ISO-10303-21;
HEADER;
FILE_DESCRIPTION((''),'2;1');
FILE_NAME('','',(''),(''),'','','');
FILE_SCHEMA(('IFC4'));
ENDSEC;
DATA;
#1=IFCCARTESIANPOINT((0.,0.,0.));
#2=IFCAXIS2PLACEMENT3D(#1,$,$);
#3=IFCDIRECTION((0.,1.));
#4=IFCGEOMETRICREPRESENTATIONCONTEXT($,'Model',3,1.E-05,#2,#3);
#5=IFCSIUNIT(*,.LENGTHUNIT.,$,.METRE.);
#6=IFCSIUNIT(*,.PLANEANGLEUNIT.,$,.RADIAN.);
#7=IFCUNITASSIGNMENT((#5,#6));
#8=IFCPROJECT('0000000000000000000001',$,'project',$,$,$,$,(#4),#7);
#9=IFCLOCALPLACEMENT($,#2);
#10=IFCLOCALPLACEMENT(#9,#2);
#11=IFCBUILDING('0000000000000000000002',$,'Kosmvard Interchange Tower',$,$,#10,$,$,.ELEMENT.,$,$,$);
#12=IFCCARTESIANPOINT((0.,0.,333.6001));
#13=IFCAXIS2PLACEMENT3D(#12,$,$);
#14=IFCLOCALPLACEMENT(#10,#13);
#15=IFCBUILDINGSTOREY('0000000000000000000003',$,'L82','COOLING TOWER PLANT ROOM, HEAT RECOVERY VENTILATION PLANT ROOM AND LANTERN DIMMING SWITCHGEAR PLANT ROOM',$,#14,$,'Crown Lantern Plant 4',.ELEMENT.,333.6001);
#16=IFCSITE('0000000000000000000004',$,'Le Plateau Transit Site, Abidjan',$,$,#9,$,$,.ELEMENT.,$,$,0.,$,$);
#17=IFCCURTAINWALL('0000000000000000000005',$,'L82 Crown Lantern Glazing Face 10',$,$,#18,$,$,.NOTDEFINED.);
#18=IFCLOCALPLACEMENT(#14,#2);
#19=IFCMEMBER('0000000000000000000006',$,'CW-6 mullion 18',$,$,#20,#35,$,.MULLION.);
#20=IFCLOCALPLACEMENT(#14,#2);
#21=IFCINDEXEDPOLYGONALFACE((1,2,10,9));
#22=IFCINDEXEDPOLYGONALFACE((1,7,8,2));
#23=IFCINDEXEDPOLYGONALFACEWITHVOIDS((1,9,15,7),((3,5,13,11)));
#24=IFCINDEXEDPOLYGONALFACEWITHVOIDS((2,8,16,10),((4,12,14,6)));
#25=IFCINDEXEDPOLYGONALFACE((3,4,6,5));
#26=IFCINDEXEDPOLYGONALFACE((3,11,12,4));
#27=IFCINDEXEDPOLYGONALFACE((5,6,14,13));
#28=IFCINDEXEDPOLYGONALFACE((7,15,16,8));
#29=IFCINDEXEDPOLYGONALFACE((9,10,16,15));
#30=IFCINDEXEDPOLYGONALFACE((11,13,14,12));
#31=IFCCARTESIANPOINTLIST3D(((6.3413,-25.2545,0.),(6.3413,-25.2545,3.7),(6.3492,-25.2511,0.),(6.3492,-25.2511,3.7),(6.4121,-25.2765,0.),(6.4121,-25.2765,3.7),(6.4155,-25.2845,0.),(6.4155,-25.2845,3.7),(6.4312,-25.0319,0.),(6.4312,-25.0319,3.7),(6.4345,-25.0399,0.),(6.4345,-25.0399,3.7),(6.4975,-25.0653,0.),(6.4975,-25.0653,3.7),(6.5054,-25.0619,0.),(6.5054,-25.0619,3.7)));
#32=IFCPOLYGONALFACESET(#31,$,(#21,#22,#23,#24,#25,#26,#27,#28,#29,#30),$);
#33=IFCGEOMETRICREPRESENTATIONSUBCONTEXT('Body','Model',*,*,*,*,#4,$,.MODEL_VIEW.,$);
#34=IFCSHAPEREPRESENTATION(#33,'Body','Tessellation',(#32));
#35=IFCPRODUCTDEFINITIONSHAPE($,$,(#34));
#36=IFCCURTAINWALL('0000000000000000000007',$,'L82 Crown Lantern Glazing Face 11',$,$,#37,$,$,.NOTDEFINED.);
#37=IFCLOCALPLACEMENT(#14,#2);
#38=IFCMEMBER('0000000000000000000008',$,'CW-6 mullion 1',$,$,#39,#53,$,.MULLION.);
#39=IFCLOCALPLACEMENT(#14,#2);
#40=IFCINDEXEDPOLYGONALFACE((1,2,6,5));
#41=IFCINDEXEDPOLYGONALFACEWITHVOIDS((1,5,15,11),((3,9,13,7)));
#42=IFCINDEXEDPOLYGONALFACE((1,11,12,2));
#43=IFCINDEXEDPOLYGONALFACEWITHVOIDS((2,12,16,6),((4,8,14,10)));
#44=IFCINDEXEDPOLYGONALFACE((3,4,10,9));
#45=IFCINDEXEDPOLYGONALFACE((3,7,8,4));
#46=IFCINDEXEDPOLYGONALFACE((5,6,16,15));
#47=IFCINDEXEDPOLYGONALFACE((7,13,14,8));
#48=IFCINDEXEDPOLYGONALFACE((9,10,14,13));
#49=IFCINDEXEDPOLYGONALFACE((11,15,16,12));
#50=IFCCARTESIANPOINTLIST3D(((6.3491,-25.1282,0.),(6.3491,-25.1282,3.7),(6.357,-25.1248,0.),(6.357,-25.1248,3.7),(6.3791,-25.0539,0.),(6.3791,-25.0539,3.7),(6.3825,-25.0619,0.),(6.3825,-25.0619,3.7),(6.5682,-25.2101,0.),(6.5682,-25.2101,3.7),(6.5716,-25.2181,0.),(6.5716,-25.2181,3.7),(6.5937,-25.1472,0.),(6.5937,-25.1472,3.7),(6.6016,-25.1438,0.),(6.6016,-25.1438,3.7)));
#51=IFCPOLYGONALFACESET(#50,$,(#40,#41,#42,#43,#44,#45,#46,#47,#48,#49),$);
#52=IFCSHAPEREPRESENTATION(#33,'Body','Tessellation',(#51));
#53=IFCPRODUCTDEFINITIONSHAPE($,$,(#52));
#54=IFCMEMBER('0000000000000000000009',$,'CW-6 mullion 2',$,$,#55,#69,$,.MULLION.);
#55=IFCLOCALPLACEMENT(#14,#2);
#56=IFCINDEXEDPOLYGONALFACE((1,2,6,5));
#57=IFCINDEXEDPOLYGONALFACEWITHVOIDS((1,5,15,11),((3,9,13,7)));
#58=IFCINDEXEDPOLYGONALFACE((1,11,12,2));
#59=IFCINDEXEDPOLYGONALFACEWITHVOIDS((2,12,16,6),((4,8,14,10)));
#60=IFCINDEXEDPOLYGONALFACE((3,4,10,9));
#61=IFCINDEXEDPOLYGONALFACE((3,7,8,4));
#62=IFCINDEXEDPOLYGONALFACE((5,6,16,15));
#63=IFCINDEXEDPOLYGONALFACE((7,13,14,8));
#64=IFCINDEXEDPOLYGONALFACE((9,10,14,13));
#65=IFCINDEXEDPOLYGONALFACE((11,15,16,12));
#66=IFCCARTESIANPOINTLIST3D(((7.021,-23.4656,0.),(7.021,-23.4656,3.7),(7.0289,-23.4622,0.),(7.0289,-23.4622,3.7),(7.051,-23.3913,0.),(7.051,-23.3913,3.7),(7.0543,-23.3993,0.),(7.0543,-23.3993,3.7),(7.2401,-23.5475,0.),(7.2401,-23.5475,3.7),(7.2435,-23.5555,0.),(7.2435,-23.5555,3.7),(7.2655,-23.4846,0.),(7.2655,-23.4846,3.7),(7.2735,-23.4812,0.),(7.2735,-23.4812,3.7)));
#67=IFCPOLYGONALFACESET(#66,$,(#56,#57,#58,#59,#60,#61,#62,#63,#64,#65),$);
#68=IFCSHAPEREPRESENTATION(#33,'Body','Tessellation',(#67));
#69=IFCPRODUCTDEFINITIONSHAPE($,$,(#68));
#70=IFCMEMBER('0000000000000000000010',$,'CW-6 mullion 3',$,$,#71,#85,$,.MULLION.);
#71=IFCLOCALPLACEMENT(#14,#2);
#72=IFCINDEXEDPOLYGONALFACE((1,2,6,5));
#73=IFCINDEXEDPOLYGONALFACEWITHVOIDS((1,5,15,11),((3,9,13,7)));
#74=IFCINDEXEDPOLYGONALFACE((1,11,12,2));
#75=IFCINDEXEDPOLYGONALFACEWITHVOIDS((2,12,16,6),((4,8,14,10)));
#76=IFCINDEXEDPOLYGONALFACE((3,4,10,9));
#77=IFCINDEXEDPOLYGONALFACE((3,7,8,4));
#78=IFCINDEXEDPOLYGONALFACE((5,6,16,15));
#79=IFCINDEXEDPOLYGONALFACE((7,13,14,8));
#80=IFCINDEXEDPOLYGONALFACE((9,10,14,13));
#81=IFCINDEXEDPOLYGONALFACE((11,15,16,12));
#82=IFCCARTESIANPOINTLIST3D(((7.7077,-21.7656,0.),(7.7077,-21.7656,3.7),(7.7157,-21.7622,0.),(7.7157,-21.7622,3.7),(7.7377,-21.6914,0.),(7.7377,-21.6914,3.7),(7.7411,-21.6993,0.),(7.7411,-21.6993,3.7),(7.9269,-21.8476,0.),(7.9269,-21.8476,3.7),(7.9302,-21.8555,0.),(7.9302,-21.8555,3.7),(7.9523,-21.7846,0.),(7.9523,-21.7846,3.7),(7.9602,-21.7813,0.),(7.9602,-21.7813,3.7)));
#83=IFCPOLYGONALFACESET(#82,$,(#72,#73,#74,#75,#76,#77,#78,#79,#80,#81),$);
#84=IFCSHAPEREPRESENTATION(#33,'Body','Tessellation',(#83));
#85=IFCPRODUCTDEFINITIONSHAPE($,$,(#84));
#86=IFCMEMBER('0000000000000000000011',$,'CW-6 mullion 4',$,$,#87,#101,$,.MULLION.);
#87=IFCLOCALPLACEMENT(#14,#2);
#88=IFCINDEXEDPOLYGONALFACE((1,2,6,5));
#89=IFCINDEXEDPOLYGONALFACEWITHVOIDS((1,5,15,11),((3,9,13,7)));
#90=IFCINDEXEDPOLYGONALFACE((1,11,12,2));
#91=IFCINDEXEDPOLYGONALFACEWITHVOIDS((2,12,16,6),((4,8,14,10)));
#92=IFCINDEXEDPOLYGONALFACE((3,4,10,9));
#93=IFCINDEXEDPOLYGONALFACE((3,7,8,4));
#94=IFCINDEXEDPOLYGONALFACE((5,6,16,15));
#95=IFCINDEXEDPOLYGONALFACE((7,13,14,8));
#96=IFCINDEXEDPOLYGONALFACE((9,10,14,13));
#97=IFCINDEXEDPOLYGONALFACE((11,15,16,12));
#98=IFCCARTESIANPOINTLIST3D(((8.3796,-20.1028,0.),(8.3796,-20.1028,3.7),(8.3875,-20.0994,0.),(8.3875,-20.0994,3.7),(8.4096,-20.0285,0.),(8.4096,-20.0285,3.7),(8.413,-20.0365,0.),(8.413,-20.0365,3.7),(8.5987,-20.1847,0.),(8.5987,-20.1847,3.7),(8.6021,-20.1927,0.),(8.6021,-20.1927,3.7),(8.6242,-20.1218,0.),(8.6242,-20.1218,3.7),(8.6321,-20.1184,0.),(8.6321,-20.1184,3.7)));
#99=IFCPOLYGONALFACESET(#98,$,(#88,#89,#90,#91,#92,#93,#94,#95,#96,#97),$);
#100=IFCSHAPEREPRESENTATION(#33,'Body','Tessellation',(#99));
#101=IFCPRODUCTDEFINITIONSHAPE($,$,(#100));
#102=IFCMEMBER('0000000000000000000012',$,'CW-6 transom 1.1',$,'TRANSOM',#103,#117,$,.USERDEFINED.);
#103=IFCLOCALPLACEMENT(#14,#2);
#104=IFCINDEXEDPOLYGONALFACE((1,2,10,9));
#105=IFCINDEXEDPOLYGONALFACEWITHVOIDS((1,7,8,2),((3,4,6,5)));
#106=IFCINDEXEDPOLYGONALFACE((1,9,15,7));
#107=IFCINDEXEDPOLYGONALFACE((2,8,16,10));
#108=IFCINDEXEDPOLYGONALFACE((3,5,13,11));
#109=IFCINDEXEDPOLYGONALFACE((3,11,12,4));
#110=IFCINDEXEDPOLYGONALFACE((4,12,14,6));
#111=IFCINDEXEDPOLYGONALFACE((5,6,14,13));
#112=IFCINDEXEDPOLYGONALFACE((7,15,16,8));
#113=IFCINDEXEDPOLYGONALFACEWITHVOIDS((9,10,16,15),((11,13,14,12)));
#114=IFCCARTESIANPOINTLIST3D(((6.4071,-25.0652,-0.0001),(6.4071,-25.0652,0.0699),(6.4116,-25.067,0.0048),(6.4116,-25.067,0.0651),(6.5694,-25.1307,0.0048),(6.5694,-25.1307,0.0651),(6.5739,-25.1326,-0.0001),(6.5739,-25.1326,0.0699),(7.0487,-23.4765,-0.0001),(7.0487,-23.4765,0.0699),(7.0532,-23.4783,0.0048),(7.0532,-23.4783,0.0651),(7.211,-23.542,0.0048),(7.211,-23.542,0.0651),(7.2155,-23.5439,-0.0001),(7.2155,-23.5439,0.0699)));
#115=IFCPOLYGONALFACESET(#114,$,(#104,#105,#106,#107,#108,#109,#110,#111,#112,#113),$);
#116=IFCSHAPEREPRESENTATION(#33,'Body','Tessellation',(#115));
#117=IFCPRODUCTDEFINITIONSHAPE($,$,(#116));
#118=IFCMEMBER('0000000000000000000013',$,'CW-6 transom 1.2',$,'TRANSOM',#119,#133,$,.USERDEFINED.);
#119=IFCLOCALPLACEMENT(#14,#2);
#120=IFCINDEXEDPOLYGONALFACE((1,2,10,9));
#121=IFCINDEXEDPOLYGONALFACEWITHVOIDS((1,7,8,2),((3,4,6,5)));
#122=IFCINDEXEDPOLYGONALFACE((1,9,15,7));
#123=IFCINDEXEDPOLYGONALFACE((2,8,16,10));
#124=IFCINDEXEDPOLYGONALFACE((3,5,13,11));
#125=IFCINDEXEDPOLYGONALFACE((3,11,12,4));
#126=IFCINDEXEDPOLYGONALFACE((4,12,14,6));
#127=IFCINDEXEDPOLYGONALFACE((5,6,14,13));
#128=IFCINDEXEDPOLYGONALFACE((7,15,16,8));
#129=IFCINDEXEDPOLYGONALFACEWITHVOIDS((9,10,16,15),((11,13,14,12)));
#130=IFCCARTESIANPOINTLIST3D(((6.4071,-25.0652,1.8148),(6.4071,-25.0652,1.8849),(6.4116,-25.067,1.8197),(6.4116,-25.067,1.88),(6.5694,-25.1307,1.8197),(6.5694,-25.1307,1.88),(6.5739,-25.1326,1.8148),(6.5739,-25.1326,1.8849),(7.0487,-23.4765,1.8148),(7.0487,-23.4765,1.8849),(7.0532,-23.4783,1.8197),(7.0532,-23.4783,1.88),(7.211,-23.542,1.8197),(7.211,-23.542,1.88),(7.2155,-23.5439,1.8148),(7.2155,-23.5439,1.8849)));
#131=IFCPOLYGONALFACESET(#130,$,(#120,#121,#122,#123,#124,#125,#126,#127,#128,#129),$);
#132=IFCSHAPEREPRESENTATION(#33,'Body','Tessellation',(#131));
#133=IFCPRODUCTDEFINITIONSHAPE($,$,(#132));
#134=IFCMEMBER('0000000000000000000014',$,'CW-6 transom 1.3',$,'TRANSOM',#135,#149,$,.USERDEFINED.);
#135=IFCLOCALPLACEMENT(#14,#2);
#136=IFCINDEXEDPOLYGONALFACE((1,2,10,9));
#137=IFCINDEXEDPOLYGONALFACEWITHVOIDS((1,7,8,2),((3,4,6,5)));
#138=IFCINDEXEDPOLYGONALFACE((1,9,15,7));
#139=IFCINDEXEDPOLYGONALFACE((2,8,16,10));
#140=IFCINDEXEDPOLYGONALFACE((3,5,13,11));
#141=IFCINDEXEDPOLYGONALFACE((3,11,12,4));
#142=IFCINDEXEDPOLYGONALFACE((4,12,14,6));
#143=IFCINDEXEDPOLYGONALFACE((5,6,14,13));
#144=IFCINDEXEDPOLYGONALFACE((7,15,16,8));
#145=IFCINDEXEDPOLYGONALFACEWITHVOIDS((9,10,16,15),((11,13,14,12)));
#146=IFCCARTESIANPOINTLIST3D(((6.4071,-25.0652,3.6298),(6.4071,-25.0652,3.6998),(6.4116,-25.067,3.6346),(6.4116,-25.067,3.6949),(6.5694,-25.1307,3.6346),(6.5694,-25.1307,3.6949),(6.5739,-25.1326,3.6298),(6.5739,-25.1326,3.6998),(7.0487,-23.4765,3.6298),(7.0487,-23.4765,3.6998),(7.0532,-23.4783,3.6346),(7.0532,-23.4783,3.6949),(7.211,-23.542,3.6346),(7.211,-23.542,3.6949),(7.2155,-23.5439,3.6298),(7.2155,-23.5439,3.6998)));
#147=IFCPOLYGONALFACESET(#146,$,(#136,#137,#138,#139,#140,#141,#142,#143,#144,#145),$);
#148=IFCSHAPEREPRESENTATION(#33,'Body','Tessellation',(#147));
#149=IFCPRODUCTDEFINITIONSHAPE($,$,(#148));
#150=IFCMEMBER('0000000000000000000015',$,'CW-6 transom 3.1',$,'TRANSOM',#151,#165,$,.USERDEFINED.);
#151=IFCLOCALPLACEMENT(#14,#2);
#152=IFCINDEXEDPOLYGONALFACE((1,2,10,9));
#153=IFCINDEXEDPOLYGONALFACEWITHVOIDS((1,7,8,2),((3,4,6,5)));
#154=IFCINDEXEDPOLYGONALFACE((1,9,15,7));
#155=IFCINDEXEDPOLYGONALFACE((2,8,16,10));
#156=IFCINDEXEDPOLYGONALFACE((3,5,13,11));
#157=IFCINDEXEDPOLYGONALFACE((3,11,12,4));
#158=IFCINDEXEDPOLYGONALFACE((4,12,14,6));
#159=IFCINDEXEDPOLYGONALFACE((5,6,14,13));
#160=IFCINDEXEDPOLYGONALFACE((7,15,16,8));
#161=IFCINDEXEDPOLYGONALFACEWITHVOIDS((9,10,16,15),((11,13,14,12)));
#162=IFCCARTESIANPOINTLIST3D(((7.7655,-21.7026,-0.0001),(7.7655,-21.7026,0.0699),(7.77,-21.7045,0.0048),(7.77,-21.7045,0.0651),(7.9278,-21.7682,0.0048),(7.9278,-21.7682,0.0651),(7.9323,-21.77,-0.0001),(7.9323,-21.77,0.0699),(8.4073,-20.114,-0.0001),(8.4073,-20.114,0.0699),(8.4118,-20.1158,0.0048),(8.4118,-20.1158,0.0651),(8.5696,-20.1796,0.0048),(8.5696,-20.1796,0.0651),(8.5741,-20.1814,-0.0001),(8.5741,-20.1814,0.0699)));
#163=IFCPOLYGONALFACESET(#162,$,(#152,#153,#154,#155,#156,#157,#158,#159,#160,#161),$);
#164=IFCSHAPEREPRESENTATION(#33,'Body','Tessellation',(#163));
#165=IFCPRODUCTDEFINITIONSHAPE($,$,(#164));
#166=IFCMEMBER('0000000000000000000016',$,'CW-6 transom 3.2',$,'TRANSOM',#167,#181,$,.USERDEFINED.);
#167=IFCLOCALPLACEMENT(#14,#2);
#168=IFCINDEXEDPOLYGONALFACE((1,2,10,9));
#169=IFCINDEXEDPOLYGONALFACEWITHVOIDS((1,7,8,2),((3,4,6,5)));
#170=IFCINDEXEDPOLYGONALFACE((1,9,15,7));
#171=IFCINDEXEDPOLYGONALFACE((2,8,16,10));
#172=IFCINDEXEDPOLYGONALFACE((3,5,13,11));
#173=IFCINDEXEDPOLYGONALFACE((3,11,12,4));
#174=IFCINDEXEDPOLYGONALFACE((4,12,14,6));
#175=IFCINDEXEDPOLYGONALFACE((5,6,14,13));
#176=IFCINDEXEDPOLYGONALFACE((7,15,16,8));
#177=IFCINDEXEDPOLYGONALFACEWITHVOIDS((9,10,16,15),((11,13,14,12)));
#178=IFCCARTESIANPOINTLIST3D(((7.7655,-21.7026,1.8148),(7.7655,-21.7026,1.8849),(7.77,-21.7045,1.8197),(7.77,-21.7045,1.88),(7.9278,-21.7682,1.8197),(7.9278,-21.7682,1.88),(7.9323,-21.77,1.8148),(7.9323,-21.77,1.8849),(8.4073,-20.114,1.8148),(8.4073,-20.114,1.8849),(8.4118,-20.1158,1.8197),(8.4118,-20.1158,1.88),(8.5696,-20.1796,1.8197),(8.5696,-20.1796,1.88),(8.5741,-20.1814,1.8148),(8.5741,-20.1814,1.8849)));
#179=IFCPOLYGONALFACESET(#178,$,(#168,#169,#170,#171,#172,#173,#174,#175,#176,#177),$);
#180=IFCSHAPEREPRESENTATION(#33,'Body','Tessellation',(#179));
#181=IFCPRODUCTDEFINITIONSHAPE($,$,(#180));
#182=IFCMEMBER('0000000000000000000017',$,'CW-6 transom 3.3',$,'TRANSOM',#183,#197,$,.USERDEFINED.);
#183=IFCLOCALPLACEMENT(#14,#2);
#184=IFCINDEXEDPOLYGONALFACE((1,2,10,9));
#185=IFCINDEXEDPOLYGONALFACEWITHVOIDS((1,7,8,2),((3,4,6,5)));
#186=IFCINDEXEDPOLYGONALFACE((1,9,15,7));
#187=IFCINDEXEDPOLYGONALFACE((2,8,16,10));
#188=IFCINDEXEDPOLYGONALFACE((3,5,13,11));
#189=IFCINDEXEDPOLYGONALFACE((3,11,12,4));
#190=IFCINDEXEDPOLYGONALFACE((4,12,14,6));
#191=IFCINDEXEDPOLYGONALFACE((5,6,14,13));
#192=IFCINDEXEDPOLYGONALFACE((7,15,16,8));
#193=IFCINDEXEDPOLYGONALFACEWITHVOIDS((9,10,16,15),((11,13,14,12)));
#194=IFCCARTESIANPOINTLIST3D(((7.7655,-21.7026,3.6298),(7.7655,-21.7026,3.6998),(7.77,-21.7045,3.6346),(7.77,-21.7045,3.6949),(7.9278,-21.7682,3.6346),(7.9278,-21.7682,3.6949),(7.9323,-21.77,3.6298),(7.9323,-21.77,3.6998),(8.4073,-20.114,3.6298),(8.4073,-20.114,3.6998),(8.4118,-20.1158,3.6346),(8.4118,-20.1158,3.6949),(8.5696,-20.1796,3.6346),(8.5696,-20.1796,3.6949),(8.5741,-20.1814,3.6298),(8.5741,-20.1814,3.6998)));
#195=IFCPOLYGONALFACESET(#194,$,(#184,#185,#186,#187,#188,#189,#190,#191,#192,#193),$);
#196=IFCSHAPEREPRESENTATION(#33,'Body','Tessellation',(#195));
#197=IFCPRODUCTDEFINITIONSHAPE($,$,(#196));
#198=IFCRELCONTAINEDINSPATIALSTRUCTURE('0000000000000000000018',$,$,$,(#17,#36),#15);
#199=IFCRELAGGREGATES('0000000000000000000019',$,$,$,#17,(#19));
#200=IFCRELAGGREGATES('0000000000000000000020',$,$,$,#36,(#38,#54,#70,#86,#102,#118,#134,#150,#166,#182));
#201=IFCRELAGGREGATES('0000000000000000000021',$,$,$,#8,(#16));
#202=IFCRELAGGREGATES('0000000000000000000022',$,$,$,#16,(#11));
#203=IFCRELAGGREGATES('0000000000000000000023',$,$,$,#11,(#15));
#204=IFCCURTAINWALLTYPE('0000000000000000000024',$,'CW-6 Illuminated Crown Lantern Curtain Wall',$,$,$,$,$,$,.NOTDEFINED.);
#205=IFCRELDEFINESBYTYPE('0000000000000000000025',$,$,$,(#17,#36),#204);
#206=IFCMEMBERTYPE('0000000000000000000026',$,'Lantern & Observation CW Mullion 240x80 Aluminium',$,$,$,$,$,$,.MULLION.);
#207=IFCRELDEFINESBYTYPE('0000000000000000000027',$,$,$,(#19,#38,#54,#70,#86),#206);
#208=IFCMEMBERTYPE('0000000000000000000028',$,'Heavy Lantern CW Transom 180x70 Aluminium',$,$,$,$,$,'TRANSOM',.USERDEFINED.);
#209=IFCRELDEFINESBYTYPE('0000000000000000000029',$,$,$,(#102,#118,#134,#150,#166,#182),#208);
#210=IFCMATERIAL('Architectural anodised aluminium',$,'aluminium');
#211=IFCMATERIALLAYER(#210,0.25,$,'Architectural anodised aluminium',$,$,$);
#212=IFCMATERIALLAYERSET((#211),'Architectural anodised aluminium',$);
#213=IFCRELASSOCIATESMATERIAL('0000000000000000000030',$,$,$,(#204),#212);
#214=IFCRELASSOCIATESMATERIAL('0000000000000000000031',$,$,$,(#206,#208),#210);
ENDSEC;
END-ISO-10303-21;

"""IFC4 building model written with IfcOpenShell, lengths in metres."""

from ifc_helpers import new_model, si_unit, direction, frame, origin, origin_2d, place, context, subcontext, project, spatial, hollow_rectangle, extrude, source, transform, mapped, material, layer, layer_set, material_profile, profile_set, type_object, element, aggregate, save


model = new_model("IFC4")

# Units and contexts
model_context = context("Model", 3, precision=1e-05, world=origin(), true_north=direction((0.0, 1.0)))
body_context = subcontext(model_context, "Body", "Model", "MODEL_VIEW")
ifc_project = project(units=[si_unit("LENGTHUNIT", "METRE"), si_unit("PLANEANGLEUNIT", "RADIAN")], contexts=[model_context])

# Site, building, storey
site_placement = place(None, origin())
site = spatial("IfcSite", under=ifc_project, at=site_placement, Name="Le Plateau Transit Site, Abidjan", CompositionType="ELEMENT", RefElevation=0.0)
building_placement = place(site_placement, origin())
building = spatial("IfcBuilding", under=site, at=building_placement, Name="Kosmvard Interchange Tower", CompositionType="ELEMENT")
storey_placement = place(building_placement, frame((0.0, 0.0, 333.6001)))
storey = spatial("IfcBuildingStorey", under=building, at=storey_placement, Name="L82", Description="COOLING TOWER PLANT ROOM, HEAT RECOVERY VENTILATION PLANT ROOM AND LANTERN DIMMING SWITCHGEAR PLANT ROOM", LongName="Crown Lantern Plant 4", CompositionType="ELEMENT", Elevation=333.6001)

# Curtain wall, member
ifc_material_1 = material(Name="Architectural anodised aluminium", Category="aluminium")
ifc_layer_1 = layer(ifc_material_1, 0.25, Name="Architectural anodised aluminium")
ifc_layer_set_1 = layer_set([ifc_layer_1], Name="Architectural anodised aluminium")
curtain_wall_type = type_object("IfcCurtainWallType", Name="CW-6 Illuminated Crown Lantern Curtain Wall", PredefinedType="NOTDEFINED", material=ifc_layer_set_1)
curtain_wall_1_placement = place(storey_placement, origin())
curtain_wall_1 = element("IfcCurtainWall", 1, at=curtain_wall_1_placement, inside=storey, type_object=curtain_wall_type, Name="L82 Crown Lantern Glazing Face 10", PredefinedType="NOTDEFINED")
ifc_material_profile_1 = material_profile(ifc_material_1, hollow_rectangle(XDim=0.24, YDim=0.0801, WallThickness=0.0061, at=origin_2d()), Name="CWM 240x80x6")
ifc_profile_set_1 = profile_set([ifc_material_profile_1], Name="Architectural anodised aluminium")
member_type_1 = type_object("IfcMemberType", Name="Lantern & Observation CW Mullion 240x80 Aluminium", PredefinedType="MULLION", material=ifc_profile_set_1)
shared_shape_1 = source(origin(), body_context, "Body", "SweptSolid", [
    extrude(hollow_rectangle(XDim=0.24, YDim=0.0801, WallThickness=0.0061, at=origin_2d()), origin(), (0.0, 0.0, 1.0), 3.7),
])
member_1_placement = place(storey_placement, frame((6.4233, -25.1582, 0.0), z_axis=(0.0, 0.0, 1.0), x_axis=(0.374607, 0.927184, 0.0)))
member_1 = element("IfcMember", 2, at=member_1_placement, type_object=member_type_1, Name="CW-6 mullion 18", PredefinedType="MULLION", context=body_context, shape_type="MappedRepresentation", body=[
    mapped(shared_shape_1, transform((0.0, 0.0, 0.0), scale=1.0)),
])

# Curtain wall, members
curtain_wall_2_placement = place(storey_placement, origin())
curtain_wall_2 = element("IfcCurtainWall", 3, at=curtain_wall_2_placement, inside=storey, type_object=curtain_wall_type, Name="L82 Crown Lantern Glazing Face 11", PredefinedType="NOTDEFINED")
member_2_placement = place(storey_placement, frame((6.4753, -25.136, 0.0), z_axis=(0.0, 0.0, 1.0), x_axis=(-0.927184, 0.374607, 0.0)))
member_2 = element("IfcMember", 4, at=member_2_placement, type_object=member_type_1, Name="CW-6 mullion 1", PredefinedType="MULLION", context=body_context, shape_type="MappedRepresentation", body=[
    mapped(shared_shape_1, transform((0.0, 0.0, 0.0), scale=1.0)),
])
member_3_placement = place(storey_placement, frame((7.1472, -23.4734, 0.0), z_axis=(0.0, 0.0, 1.0), x_axis=(-0.927184, 0.374607, 0.0)))
member_3 = element("IfcMember", 5, at=member_3_placement, type_object=member_type_1, Name="CW-6 mullion 2", PredefinedType="MULLION", context=body_context, shape_type="MappedRepresentation", body=[
    mapped(shared_shape_1, transform((0.0, 0.0, 0.0), scale=1.0)),
])
member_4_placement = place(storey_placement, frame((7.834, -21.7734, 0.0), z_axis=(0.0, 0.0, 1.0), x_axis=(-0.927184, 0.374607, 0.0)))
member_4 = element("IfcMember", 6, at=member_4_placement, type_object=member_type_1, Name="CW-6 mullion 3", PredefinedType="MULLION", context=body_context, shape_type="MappedRepresentation", body=[
    mapped(shared_shape_1, transform((0.0, 0.0, 0.0), scale=1.0)),
])
member_5_placement = place(storey_placement, frame((8.5059, -20.1106, 0.0), z_axis=(0.0, 0.0, 1.0), x_axis=(-0.927184, 0.374607, 0.0)))
member_5 = element("IfcMember", 7, at=member_5_placement, type_object=member_type_1, Name="CW-6 mullion 4", PredefinedType="MULLION", context=body_context, shape_type="MappedRepresentation", body=[
    mapped(shared_shape_1, transform((0.0, 0.0, 0.0), scale=1.0)),
])
ifc_material_profile_2 = material_profile(ifc_material_1, hollow_rectangle(XDim=0.1799, YDim=0.0701, WallThickness=0.0049, at=origin_2d()), Name="CWT 180x70x5")
ifc_profile_set_2 = profile_set([ifc_material_profile_2], Name="Architectural anodised aluminium")
member_type_2 = type_object("IfcMemberType", Name="Heavy Lantern CW Transom 180x70 Aluminium", ElementType="TRANSOM", PredefinedType="USERDEFINED", material=ifc_profile_set_2)
shared_shape_2 = source(origin(), body_context, "Body", "SweptSolid", [
    extrude(hollow_rectangle(XDim=0.1799, YDim=0.0701, WallThickness=0.0049, at=origin_2d()), origin(), (0.0, 0.0, 1.0), 1.7134),
])
member_6_placement = place(storey_placement, frame((6.4905, -25.0989, 0.0349), z_axis=(0.374484, 0.927233, 0.0), x_axis=(-0.927233, 0.374484, 0.0)))
member_6 = element("IfcMember", 8, at=member_6_placement, type_object=member_type_2, Name="CW-6 transom 1.1", ObjectType="TRANSOM", PredefinedType="USERDEFINED", context=body_context, shape_type="MappedRepresentation", body=[
    mapped(shared_shape_2, transform((0.0, 0.0, 0.0), scale=1.0)),
])
member_7_placement = place(storey_placement, frame((6.4905, -25.0989, 1.8499), z_axis=(0.374484, 0.927233, 0.0), x_axis=(-0.927233, 0.374484, 0.0)))
member_7 = element("IfcMember", 9, at=member_7_placement, type_object=member_type_2, Name="CW-6 transom 1.2", ObjectType="TRANSOM", PredefinedType="USERDEFINED", context=body_context, shape_type="MappedRepresentation", body=[
    mapped(shared_shape_2, transform((0.0, 0.0, 0.0), scale=1.0)),
])
member_8_placement = place(storey_placement, frame((6.4905, -25.0989, 3.6648), z_axis=(0.374484, 0.927233, 0.0), x_axis=(-0.927233, 0.374484, 0.0)))
member_8 = element("IfcMember", 10, at=member_8_placement, type_object=member_type_2, Name="CW-6 transom 1.3", ObjectType="TRANSOM", PredefinedType="USERDEFINED", context=body_context, shape_type="MappedRepresentation", body=[
    mapped(shared_shape_2, transform((0.0, 0.0, 0.0), scale=1.0)),
])
member_9_placement = place(storey_placement, frame((7.8489, -21.7363, 0.0349), z_axis=(0.374607, 0.927184, 0.0), x_axis=(-0.927184, 0.374607, 0.0)))
member_9 = element("IfcMember", 11, at=member_9_placement, type_object=member_type_2, Name="CW-6 transom 3.1", ObjectType="TRANSOM", PredefinedType="USERDEFINED", context=body_context, shape_type="MappedRepresentation", body=[
    mapped(shared_shape_2, transform((0.0, 0.0, 0.0), scale=1.0)),
])
member_10_placement = place(storey_placement, frame((7.8489, -21.7363, 1.8499), z_axis=(0.374607, 0.927184, 0.0), x_axis=(-0.927184, 0.374607, 0.0)))
member_10 = element("IfcMember", 12, at=member_10_placement, type_object=member_type_2, Name="CW-6 transom 3.2", ObjectType="TRANSOM", PredefinedType="USERDEFINED", context=body_context, shape_type="MappedRepresentation", body=[
    mapped(shared_shape_2, transform((0.0, 0.0, 0.0), scale=1.0)),
])
member_11_placement = place(storey_placement, frame((7.8489, -21.7363, 3.6648), z_axis=(0.374607, 0.927184, 0.0), x_axis=(-0.927184, 0.374607, 0.0)))
member_11 = element("IfcMember", 13, at=member_11_placement, type_object=member_type_2, Name="CW-6 transom 3.3", ObjectType="TRANSOM", PredefinedType="USERDEFINED", context=body_context, shape_type="MappedRepresentation", body=[
    mapped(shared_shape_2, transform((0.0, 0.0, 0.0), scale=1.0)),
])

aggregate(curtain_wall_1, [member_1])
aggregate(curtain_wall_2, [member_2, member_3, member_4, member_5, member_6, member_7, member_8, member_9, member_10, member_11])

save(model, "model.ifc")
